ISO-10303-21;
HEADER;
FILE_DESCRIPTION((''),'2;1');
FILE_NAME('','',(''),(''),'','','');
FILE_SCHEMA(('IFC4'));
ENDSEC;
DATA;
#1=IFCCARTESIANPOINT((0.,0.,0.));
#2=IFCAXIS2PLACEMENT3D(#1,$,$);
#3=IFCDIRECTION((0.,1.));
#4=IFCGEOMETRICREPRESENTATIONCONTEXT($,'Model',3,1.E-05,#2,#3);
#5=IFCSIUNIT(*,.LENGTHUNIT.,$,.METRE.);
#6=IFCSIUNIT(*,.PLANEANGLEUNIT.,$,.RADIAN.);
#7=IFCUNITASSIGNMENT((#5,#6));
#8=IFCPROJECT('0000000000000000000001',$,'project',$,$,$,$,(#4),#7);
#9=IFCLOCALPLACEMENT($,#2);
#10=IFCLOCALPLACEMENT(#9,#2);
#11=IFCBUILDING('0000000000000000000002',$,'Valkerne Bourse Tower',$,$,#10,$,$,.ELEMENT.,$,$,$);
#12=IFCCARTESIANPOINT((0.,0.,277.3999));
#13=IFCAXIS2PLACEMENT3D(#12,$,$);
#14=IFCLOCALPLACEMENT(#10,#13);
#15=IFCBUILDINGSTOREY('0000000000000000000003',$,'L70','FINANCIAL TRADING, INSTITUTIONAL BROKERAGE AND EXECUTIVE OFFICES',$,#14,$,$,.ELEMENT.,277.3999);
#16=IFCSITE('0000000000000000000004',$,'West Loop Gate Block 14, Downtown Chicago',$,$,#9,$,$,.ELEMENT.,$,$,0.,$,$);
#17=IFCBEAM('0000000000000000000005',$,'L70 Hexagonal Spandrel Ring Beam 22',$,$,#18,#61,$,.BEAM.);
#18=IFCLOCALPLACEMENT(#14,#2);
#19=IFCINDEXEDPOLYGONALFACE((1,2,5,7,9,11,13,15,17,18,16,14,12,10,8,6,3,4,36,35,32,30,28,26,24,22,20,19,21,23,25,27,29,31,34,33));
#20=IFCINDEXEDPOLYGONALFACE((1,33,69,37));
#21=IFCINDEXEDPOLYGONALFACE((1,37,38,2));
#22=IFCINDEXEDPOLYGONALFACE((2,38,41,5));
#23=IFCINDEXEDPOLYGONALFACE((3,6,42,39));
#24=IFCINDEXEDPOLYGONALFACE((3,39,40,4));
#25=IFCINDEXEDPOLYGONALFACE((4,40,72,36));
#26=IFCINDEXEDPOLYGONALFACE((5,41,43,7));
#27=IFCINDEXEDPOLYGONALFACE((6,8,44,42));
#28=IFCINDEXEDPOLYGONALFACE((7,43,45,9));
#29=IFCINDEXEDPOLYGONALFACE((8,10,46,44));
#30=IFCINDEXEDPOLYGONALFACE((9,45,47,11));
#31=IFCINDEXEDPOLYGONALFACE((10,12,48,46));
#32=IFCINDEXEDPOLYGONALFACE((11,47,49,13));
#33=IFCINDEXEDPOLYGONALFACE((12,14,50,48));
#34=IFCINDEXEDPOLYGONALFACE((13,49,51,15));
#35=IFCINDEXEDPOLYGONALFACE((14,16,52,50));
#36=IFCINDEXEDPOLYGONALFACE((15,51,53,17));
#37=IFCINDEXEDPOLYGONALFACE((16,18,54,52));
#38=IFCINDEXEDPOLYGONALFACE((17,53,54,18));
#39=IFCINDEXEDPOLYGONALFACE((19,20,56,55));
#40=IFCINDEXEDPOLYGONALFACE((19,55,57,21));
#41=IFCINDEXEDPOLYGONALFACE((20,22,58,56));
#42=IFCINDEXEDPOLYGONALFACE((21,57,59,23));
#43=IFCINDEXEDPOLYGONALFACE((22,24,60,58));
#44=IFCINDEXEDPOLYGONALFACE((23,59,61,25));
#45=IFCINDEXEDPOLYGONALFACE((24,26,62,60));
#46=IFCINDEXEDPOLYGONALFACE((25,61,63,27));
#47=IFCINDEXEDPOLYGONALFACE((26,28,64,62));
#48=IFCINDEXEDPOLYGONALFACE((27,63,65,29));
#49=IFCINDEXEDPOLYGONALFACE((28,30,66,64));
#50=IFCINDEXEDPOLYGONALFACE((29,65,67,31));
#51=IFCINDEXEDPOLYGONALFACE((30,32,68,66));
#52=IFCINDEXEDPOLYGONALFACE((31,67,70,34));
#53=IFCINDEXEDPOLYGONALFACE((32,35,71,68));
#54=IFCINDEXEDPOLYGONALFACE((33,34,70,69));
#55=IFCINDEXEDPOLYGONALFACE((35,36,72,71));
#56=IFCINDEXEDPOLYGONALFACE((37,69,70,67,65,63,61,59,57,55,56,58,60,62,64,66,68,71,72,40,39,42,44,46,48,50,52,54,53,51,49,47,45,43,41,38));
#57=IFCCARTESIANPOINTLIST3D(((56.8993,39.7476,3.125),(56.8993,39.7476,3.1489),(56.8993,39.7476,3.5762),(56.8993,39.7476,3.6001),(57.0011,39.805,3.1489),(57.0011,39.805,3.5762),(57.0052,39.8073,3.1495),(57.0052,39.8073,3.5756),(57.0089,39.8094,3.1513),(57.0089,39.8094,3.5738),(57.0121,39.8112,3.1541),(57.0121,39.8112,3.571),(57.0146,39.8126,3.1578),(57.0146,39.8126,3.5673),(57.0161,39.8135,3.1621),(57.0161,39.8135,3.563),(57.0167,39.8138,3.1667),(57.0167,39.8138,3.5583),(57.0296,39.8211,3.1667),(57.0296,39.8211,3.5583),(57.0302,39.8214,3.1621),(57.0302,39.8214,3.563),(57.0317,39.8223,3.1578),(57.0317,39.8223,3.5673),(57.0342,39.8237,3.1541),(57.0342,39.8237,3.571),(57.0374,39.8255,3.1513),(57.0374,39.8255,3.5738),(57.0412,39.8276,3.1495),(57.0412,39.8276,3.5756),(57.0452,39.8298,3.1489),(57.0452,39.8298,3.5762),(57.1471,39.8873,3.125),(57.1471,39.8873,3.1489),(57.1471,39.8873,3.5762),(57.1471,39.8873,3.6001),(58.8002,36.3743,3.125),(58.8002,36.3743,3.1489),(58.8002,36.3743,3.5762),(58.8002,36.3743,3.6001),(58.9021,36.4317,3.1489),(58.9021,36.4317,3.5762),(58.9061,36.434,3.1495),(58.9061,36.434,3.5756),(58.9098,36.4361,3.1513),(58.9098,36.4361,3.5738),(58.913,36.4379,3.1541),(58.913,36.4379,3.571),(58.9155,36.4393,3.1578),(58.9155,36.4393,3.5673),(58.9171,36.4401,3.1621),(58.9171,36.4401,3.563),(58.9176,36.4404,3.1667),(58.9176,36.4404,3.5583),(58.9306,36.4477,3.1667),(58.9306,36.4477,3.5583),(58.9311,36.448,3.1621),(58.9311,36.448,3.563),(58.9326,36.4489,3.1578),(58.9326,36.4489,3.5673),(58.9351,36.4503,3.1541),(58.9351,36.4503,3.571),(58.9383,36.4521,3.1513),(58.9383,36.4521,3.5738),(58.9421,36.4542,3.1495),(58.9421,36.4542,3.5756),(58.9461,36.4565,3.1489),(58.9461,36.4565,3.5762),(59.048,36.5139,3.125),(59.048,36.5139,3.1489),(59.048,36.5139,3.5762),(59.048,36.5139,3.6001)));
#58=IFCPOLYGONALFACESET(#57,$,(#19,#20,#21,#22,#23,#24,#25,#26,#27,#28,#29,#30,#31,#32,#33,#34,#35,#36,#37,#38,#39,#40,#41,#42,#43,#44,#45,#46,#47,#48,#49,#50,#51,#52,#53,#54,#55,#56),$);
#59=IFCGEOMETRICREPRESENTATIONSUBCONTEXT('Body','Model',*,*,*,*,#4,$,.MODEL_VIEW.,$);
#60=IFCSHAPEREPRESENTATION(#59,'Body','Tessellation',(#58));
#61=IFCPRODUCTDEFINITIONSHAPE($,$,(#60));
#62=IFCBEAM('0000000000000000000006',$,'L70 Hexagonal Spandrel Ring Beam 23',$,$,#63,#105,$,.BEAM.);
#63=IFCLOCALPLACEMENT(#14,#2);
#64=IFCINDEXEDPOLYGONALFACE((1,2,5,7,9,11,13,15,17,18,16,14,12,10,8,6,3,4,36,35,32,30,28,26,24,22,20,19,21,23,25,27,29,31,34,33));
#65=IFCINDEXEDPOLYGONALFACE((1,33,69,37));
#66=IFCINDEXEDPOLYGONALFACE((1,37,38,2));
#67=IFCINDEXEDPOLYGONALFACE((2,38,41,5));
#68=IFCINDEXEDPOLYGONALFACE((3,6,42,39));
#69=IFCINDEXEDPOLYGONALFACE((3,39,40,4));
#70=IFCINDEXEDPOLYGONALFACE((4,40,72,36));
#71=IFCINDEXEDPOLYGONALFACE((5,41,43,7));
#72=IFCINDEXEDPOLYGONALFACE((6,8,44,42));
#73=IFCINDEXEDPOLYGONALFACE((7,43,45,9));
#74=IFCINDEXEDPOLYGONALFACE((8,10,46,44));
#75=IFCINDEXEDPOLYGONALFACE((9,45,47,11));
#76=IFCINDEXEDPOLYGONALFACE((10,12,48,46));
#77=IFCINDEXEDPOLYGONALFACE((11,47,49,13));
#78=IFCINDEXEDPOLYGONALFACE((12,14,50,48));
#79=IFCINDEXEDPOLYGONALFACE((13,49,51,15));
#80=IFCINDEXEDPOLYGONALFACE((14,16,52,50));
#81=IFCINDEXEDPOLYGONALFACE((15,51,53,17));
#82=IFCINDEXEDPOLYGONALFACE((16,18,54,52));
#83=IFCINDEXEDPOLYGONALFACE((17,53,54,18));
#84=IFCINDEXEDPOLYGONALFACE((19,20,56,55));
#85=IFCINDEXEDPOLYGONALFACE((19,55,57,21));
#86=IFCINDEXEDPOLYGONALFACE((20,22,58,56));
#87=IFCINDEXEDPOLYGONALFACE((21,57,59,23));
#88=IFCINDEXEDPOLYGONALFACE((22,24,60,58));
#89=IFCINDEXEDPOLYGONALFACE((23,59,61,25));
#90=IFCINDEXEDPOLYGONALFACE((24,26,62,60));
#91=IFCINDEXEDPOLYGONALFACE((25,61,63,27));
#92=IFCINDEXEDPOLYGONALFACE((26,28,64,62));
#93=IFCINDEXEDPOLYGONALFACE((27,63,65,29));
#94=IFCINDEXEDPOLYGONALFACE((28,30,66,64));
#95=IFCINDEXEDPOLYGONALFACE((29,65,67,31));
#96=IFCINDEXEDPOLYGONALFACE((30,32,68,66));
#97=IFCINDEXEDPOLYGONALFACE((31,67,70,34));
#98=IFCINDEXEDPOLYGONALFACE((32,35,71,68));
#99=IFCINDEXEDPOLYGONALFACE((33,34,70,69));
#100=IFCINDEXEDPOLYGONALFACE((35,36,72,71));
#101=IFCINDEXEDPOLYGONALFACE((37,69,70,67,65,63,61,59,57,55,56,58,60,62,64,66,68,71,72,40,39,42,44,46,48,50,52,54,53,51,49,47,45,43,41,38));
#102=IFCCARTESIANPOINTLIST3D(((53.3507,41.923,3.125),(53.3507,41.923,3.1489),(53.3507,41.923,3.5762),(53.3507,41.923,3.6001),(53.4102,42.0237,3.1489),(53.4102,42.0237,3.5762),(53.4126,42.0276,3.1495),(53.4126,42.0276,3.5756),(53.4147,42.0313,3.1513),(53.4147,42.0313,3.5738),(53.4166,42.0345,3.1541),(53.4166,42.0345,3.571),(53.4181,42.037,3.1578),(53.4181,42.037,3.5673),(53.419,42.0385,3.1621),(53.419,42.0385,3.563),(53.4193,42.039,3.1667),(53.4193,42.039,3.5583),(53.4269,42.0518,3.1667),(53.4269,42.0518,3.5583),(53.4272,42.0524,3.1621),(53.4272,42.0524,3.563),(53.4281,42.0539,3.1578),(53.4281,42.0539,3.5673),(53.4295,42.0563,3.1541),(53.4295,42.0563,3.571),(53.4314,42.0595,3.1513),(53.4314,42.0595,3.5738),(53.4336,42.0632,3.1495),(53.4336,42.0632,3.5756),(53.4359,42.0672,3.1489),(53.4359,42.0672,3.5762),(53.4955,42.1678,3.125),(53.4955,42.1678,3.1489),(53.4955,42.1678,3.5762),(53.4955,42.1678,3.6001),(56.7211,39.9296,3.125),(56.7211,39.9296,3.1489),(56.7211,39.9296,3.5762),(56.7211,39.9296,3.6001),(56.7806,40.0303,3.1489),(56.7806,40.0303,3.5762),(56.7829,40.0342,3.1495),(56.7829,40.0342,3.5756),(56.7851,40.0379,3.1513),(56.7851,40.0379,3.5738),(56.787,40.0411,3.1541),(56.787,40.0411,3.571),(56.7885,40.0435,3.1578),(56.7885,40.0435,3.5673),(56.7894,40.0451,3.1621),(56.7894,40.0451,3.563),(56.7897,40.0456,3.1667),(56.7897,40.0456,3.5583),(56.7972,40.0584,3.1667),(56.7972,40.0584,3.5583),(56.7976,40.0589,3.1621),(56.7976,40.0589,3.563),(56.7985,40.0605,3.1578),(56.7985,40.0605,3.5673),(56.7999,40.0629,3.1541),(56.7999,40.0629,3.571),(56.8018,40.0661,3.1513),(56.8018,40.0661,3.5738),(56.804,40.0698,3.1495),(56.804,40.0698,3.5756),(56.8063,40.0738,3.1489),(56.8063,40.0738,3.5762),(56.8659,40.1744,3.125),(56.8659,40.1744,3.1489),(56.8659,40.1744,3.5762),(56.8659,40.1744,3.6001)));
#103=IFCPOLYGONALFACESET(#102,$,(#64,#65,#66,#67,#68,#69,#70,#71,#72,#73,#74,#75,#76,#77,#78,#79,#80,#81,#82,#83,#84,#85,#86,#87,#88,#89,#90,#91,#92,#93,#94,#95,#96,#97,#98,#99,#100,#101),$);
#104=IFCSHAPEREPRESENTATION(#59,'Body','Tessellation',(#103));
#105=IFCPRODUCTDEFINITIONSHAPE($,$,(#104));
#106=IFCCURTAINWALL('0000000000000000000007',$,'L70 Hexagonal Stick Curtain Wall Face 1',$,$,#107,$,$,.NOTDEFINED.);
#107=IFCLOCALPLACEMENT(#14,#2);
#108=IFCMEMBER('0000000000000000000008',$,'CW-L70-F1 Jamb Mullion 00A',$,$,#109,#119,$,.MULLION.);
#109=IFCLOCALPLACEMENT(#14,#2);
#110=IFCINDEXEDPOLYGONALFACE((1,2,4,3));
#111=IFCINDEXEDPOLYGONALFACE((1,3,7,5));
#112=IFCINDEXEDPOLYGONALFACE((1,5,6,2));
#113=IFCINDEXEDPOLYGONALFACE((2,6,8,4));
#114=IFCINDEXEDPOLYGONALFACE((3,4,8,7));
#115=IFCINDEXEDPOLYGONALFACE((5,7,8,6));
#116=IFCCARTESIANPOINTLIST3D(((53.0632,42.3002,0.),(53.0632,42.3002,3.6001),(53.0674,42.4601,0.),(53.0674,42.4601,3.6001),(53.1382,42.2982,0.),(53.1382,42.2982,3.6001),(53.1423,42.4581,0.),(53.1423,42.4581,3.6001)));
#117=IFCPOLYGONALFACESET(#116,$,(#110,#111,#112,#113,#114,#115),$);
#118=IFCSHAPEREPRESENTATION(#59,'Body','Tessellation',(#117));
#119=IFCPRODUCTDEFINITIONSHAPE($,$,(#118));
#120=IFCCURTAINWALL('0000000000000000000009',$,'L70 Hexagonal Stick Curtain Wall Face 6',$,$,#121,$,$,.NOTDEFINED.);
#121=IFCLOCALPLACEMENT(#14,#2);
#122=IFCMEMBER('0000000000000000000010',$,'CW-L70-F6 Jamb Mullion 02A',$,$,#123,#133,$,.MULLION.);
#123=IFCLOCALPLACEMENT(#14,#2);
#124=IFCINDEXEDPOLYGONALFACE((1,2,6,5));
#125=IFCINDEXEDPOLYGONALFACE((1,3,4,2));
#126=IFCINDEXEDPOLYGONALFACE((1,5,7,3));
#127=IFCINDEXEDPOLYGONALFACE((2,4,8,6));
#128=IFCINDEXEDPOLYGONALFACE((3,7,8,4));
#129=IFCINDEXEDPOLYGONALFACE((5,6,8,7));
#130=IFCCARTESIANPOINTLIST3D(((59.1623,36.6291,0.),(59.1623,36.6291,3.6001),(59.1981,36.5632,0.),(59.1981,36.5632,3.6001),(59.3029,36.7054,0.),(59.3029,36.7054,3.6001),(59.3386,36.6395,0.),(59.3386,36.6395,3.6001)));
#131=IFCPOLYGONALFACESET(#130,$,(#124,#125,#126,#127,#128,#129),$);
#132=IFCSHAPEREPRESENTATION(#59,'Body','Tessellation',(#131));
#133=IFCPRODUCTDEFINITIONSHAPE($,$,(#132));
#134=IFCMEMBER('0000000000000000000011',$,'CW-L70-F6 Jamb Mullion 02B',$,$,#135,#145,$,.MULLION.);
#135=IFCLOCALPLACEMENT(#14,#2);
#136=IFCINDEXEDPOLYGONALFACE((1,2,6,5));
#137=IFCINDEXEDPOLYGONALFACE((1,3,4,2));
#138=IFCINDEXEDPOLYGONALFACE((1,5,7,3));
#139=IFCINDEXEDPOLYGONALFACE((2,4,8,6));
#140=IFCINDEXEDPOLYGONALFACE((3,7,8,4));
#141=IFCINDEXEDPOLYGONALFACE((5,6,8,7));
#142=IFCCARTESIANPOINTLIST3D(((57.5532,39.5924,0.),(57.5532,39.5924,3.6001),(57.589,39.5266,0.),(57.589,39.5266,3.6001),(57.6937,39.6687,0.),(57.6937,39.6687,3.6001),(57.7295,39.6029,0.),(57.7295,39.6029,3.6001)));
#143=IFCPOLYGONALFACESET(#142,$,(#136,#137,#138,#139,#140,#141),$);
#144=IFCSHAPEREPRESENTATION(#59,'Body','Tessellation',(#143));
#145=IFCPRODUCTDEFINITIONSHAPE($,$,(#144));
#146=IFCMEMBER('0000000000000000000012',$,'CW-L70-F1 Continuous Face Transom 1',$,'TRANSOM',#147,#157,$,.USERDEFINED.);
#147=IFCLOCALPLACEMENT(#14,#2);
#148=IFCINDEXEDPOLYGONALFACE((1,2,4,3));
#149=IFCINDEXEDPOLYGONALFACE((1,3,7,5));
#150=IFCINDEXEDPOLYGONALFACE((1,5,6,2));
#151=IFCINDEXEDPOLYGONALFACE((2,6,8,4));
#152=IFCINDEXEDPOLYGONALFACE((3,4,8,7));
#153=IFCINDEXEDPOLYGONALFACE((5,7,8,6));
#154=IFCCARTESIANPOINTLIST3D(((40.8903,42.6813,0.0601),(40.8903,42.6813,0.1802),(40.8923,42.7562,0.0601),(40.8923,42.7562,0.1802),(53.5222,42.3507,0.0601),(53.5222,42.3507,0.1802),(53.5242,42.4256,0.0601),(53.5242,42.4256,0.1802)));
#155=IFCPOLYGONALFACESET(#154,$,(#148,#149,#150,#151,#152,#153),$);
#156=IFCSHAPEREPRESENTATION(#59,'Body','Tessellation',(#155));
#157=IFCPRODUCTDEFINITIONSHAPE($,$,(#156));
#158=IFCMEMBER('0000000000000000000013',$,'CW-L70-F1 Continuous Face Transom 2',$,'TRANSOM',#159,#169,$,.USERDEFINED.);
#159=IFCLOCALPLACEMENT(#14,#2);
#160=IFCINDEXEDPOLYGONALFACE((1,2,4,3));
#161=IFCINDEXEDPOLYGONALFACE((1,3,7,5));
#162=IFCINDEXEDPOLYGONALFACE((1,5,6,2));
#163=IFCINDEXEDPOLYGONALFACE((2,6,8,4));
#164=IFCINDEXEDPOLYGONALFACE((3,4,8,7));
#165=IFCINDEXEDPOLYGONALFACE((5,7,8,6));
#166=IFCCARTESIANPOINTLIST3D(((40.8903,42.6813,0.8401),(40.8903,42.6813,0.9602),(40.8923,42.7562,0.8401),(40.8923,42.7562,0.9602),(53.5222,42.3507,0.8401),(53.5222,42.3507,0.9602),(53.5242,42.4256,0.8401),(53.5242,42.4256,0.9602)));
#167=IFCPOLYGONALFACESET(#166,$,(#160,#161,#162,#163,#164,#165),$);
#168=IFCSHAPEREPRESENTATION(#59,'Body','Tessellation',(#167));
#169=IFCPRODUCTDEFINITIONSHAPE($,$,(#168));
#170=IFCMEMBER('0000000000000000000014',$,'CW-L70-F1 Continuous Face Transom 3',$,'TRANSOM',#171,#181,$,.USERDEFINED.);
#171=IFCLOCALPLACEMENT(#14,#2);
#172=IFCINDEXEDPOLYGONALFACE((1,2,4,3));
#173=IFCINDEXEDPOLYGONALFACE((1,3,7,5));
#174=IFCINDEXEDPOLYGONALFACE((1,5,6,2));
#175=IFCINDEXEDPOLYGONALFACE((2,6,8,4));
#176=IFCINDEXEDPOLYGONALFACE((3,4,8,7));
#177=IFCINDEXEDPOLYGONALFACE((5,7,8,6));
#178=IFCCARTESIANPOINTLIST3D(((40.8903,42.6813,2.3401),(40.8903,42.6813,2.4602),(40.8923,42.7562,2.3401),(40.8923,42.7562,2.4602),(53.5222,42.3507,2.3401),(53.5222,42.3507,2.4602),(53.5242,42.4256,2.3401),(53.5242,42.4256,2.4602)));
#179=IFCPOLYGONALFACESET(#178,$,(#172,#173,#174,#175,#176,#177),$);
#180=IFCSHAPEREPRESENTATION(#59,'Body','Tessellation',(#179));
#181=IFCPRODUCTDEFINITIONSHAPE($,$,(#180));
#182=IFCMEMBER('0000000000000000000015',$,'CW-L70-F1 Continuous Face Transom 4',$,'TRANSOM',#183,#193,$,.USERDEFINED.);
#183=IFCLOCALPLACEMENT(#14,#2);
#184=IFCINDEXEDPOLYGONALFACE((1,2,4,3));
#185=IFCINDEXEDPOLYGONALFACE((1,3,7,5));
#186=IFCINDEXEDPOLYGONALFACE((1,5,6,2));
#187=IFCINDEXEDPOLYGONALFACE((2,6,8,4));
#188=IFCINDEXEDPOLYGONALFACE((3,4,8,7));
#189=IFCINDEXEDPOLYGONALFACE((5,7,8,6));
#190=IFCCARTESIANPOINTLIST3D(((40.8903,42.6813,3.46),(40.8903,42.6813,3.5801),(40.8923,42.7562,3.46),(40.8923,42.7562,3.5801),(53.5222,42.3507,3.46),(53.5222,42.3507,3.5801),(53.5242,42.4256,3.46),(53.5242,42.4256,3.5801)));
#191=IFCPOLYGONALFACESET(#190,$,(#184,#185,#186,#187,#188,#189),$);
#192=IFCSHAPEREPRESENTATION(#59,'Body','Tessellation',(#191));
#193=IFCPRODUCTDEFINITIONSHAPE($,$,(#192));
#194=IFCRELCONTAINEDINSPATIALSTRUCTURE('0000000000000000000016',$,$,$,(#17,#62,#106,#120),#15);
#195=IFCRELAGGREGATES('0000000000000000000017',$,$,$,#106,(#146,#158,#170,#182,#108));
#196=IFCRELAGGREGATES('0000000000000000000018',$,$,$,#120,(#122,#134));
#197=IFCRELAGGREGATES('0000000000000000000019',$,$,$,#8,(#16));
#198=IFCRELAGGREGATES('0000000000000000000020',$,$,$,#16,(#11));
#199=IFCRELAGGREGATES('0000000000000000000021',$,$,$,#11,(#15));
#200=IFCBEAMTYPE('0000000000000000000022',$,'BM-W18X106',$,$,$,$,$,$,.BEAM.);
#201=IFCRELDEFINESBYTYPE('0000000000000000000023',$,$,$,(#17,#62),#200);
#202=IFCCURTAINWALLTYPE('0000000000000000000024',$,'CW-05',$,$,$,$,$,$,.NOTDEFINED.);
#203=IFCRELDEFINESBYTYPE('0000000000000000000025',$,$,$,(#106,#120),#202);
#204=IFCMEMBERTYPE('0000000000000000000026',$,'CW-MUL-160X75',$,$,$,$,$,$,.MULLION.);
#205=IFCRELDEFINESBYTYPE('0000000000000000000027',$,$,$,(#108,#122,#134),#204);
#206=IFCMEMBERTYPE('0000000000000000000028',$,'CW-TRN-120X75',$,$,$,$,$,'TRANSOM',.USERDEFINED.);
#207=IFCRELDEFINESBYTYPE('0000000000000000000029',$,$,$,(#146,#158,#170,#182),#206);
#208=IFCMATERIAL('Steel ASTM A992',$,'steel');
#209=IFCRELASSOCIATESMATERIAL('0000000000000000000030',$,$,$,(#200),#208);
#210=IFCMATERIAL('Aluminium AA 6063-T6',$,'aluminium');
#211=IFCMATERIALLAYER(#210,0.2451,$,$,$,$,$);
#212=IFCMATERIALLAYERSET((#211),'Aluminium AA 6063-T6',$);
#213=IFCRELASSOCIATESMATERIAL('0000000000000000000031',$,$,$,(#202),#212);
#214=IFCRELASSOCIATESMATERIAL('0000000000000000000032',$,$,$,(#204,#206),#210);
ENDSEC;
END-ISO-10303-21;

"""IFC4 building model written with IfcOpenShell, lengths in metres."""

from ifc_helpers import new_model, si_unit, direction, frame, origin, origin_2d, place, context, subcontext, project, spatial, rectangle, i_section, extrude, material, layer, layer_set, material_profile, profile_set, type_object, element, aggregate, save


model = new_model("IFC4")

# Units and contexts
model_context = context("Model", 3, precision=1e-05, world=origin(), true_north=direction((0.0, 1.0)))
body_context = subcontext(model_context, "Body", "Model", "MODEL_VIEW")
ifc_project = project(units=[si_unit("LENGTHUNIT", "METRE"), si_unit("PLANEANGLEUNIT", "RADIAN")], contexts=[model_context])

# Site, building, storey
site_placement = place(None, origin())
site = spatial("IfcSite", under=ifc_project, at=site_placement, Name="West Loop Gate Block 14, Downtown Chicago", CompositionType="ELEMENT", RefElevation=0.0)
building_placement = place(site_placement, origin())
building = spatial("IfcBuilding", under=site, at=building_placement, Name="Valkerne Bourse Tower", CompositionType="ELEMENT")
storey_placement = place(building_placement, frame((0.0, 0.0, 277.3999)))
storey = spatial("IfcBuildingStorey", under=building, at=storey_placement, Name="L70", Description="FINANCIAL TRADING, INSTITUTIONAL BROKERAGE AND EXECUTIVE OFFICES", CompositionType="ELEMENT", Elevation=277.3999)

# Beams
ifc_material_1 = material(Name="Steel ASTM A992", Category="steel")
ifc_material_profile_1 = material_profile(ifc_material_1, i_section(OverallWidth=0.2844, OverallDepth=0.4751, WebThickness=0.0149, FlangeThickness=0.0239, FilletRadius=0.0178, at=origin_2d()), Name="W18X106")
ifc_profile_set_1 = profile_set([ifc_material_profile_1], Name="Steel ASTM A992")
beam_type = type_object("IfcBeamType", Name="BM-W18X106", PredefinedType="BEAM", material=ifc_profile_set_1)
beam_1_placement = place(storey_placement, frame((58.9241, 36.4441, 3.3625), z_axis=(-0.490929, 0.8712, 0.0), x_axis=(-0.8712, -0.490929, 0.0)))
element("IfcBeam", 1, at=beam_1_placement, inside=storey, type_object=beam_type, Name="L70 Hexagonal Spandrel Ring Beam 22", PredefinedType="BEAM", context=body_context, shape_type="SweptSolid", body=[
    extrude(i_section(OverallWidth=0.2844, OverallDepth=0.4751, WebThickness=0.0149, FlangeThickness=0.0239, FilletRadius=0.0178, at=origin_2d()), origin(), (0.0, 0.0, 1.0), 3.8721),
])
beam_2_placement = place(storey_placement, frame((56.7935, 40.052, 3.3625), z_axis=(-0.860722, 0.509076, 0.0), x_axis=(-0.509076, -0.860722, 0.0)))
element("IfcBeam", 2, at=beam_2_placement, inside=storey, type_object=beam_type, Name="L70 Hexagonal Spandrel Ring Beam 23", PredefinedType="BEAM", context=body_context, shape_type="SweptSolid", body=[
    extrude(i_section(OverallWidth=0.2844, OverallDepth=0.4751, WebThickness=0.0149, FlangeThickness=0.0239, FilletRadius=0.0178, at=origin_2d()), origin(), (0.0, 0.0, 1.0), 3.9158),
])

# Curtain wall, member
ifc_material_2 = material(Name="Aluminium AA 6063-T6", Category="aluminium")
ifc_layer_1 = layer(ifc_material_2, 0.2451)
ifc_layer_set_1 = layer_set([ifc_layer_1], Name="Aluminium AA 6063-T6")
curtain_wall_type = type_object("IfcCurtainWallType", Name="CW-05", PredefinedType="NOTDEFINED", material=ifc_layer_set_1)
curtain_wall_1_placement = place(storey_placement, origin())
curtain_wall_1 = element("IfcCurtainWall", 3, at=curtain_wall_1_placement, inside=storey, type_object=curtain_wall_type, Name="L70 Hexagonal Stick Curtain Wall Face 1", PredefinedType="NOTDEFINED")
ifc_material_profile_2 = material_profile(ifc_material_2, rectangle(XDim=0.075, YDim=0.1599, at=origin_2d()), Name="CWM-75X160")
ifc_profile_set_2 = profile_set([ifc_material_profile_2], Name="Aluminium AA 6063-T6")
member_type_1 = type_object("IfcMemberType", Name="CW-MUL-160X75", PredefinedType="MULLION", material=ifc_profile_set_2)
member_1_placement = place(storey_placement, frame((53.1028, 42.3792, 0.0), z_axis=(0.0, 0.0, 1.0), x_axis=(-0.999658, 0.026163, 0.0)))
member_1 = element("IfcMember", 4, at=member_1_placement, type_object=member_type_1, Name="CW-L70-F1 Jamb Mullion 00A", PredefinedType="MULLION", context=body_context, shape_type="SweptSolid", body=[
    extrude(rectangle(XDim=0.075, YDim=0.1599, at=origin_2d()), origin(), (0.0, 0.0, 1.0), 3.6001),
])

# Curtain wall, members
curtain_wall_2_placement = place(storey_placement, origin())
curtain_wall_2 = element("IfcCurtainWall", 5, at=curtain_wall_2_placement, inside=storey, type_object=curtain_wall_type, Name="L70 Hexagonal Stick Curtain Wall Face 6", PredefinedType="NOTDEFINED")
member_2_placement = place(storey_placement, frame((59.2505, 36.6343, 0.0), z_axis=(0.0, 0.0, 1.0), x_axis=(-0.477158, 0.878818, 0.0)))
member_2 = element("IfcMember", 6, at=member_2_placement, type_object=member_type_1, Name="CW-L70-F6 Jamb Mullion 02A", PredefinedType="MULLION", context=body_context, shape_type="SweptSolid", body=[
    extrude(rectangle(XDim=0.075, YDim=0.1599, at=origin_2d()), origin(), (0.0, 0.0, 1.0), 3.6001),
])
member_3_placement = place(storey_placement, frame((57.6414, 39.5977, 0.0), z_axis=(0.0, 0.0, 1.0), x_axis=(-0.477158, 0.878818, 0.0)))
member_3 = element("IfcMember", 7, at=member_3_placement, type_object=member_type_1, Name="CW-L70-F6 Jamb Mullion 02B", PredefinedType="MULLION", context=body_context, shape_type="SweptSolid", body=[
    extrude(rectangle(XDim=0.075, YDim=0.1599, at=origin_2d()), origin(), (0.0, 0.0, 1.0), 3.6001),
])

# Members
ifc_material_profile_3 = material_profile(ifc_material_2, rectangle(XDim=0.075, YDim=0.1201, at=origin_2d()), Name="CWT-75X120")
ifc_profile_set_3 = profile_set([ifc_material_profile_3], Name="Aluminium AA 6063-T6")
member_type_2 = type_object("IfcMemberType", Name="CW-TRN-120X75", ElementType="TRANSOM", PredefinedType="USERDEFINED", material=ifc_profile_set_3)
member_4_placement = place(storey_placement, frame((53.5232, 42.3882, 0.1201), z_axis=(-0.999658, 0.02616, 0.0), x_axis=(-0.02616, -0.999658, 0.0)))
member_4 = element("IfcMember", 8, at=member_4_placement, type_object=member_type_2, Name="CW-L70-F1 Continuous Face Transom 1", ObjectType="TRANSOM", PredefinedType="USERDEFINED", context=body_context, shape_type="SweptSolid", body=[
    extrude(rectangle(XDim=0.075, YDim=0.1201, at=origin_2d()), origin(), (0.0, 0.0, 1.0), 12.6362),
])
member_5_placement = place(storey_placement, frame((53.5232, 42.3882, 0.9001), z_axis=(-0.999658, 0.02616, 0.0), x_axis=(-0.02616, -0.999658, 0.0)))
member_5 = element("IfcMember", 9, at=member_5_placement, type_object=member_type_2, Name="CW-L70-F1 Continuous Face Transom 2", ObjectType="TRANSOM", PredefinedType="USERDEFINED", context=body_context, shape_type="SweptSolid", body=[
    extrude(rectangle(XDim=0.075, YDim=0.1201, at=origin_2d()), origin(), (0.0, 0.0, 1.0), 12.6362),
])
member_6_placement = place(storey_placement, frame((53.5232, 42.3882, 2.4001), z_axis=(-0.999658, 0.02616, 0.0), x_axis=(-0.02616, -0.999658, 0.0)))
member_6 = element("IfcMember", 10, at=member_6_placement, type_object=member_type_2, Name="CW-L70-F1 Continuous Face Transom 3", ObjectType="TRANSOM", PredefinedType="USERDEFINED", context=body_context, shape_type="SweptSolid", body=[
    extrude(rectangle(XDim=0.075, YDim=0.1201, at=origin_2d()), origin(), (0.0, 0.0, 1.0), 12.6362),
])
member_7_placement = place(storey_placement, frame((53.5232, 42.3882, 3.52), z_axis=(-0.999658, 0.02616, 0.0), x_axis=(-0.02616, -0.999658, 0.0)))
member_7 = element("IfcMember", 11, at=member_7_placement, type_object=member_type_2, Name="CW-L70-F1 Continuous Face Transom 4", ObjectType="TRANSOM", PredefinedType="USERDEFINED", context=body_context, shape_type="SweptSolid", body=[
    extrude(rectangle(XDim=0.075, YDim=0.1201, at=origin_2d()), origin(), (0.0, 0.0, 1.0), 12.6362),
])

aggregate(curtain_wall_1, [member_4, member_5, member_6, member_7, member_1])
aggregate(curtain_wall_2, [member_2, member_3])

save(model, "model.ifc")
